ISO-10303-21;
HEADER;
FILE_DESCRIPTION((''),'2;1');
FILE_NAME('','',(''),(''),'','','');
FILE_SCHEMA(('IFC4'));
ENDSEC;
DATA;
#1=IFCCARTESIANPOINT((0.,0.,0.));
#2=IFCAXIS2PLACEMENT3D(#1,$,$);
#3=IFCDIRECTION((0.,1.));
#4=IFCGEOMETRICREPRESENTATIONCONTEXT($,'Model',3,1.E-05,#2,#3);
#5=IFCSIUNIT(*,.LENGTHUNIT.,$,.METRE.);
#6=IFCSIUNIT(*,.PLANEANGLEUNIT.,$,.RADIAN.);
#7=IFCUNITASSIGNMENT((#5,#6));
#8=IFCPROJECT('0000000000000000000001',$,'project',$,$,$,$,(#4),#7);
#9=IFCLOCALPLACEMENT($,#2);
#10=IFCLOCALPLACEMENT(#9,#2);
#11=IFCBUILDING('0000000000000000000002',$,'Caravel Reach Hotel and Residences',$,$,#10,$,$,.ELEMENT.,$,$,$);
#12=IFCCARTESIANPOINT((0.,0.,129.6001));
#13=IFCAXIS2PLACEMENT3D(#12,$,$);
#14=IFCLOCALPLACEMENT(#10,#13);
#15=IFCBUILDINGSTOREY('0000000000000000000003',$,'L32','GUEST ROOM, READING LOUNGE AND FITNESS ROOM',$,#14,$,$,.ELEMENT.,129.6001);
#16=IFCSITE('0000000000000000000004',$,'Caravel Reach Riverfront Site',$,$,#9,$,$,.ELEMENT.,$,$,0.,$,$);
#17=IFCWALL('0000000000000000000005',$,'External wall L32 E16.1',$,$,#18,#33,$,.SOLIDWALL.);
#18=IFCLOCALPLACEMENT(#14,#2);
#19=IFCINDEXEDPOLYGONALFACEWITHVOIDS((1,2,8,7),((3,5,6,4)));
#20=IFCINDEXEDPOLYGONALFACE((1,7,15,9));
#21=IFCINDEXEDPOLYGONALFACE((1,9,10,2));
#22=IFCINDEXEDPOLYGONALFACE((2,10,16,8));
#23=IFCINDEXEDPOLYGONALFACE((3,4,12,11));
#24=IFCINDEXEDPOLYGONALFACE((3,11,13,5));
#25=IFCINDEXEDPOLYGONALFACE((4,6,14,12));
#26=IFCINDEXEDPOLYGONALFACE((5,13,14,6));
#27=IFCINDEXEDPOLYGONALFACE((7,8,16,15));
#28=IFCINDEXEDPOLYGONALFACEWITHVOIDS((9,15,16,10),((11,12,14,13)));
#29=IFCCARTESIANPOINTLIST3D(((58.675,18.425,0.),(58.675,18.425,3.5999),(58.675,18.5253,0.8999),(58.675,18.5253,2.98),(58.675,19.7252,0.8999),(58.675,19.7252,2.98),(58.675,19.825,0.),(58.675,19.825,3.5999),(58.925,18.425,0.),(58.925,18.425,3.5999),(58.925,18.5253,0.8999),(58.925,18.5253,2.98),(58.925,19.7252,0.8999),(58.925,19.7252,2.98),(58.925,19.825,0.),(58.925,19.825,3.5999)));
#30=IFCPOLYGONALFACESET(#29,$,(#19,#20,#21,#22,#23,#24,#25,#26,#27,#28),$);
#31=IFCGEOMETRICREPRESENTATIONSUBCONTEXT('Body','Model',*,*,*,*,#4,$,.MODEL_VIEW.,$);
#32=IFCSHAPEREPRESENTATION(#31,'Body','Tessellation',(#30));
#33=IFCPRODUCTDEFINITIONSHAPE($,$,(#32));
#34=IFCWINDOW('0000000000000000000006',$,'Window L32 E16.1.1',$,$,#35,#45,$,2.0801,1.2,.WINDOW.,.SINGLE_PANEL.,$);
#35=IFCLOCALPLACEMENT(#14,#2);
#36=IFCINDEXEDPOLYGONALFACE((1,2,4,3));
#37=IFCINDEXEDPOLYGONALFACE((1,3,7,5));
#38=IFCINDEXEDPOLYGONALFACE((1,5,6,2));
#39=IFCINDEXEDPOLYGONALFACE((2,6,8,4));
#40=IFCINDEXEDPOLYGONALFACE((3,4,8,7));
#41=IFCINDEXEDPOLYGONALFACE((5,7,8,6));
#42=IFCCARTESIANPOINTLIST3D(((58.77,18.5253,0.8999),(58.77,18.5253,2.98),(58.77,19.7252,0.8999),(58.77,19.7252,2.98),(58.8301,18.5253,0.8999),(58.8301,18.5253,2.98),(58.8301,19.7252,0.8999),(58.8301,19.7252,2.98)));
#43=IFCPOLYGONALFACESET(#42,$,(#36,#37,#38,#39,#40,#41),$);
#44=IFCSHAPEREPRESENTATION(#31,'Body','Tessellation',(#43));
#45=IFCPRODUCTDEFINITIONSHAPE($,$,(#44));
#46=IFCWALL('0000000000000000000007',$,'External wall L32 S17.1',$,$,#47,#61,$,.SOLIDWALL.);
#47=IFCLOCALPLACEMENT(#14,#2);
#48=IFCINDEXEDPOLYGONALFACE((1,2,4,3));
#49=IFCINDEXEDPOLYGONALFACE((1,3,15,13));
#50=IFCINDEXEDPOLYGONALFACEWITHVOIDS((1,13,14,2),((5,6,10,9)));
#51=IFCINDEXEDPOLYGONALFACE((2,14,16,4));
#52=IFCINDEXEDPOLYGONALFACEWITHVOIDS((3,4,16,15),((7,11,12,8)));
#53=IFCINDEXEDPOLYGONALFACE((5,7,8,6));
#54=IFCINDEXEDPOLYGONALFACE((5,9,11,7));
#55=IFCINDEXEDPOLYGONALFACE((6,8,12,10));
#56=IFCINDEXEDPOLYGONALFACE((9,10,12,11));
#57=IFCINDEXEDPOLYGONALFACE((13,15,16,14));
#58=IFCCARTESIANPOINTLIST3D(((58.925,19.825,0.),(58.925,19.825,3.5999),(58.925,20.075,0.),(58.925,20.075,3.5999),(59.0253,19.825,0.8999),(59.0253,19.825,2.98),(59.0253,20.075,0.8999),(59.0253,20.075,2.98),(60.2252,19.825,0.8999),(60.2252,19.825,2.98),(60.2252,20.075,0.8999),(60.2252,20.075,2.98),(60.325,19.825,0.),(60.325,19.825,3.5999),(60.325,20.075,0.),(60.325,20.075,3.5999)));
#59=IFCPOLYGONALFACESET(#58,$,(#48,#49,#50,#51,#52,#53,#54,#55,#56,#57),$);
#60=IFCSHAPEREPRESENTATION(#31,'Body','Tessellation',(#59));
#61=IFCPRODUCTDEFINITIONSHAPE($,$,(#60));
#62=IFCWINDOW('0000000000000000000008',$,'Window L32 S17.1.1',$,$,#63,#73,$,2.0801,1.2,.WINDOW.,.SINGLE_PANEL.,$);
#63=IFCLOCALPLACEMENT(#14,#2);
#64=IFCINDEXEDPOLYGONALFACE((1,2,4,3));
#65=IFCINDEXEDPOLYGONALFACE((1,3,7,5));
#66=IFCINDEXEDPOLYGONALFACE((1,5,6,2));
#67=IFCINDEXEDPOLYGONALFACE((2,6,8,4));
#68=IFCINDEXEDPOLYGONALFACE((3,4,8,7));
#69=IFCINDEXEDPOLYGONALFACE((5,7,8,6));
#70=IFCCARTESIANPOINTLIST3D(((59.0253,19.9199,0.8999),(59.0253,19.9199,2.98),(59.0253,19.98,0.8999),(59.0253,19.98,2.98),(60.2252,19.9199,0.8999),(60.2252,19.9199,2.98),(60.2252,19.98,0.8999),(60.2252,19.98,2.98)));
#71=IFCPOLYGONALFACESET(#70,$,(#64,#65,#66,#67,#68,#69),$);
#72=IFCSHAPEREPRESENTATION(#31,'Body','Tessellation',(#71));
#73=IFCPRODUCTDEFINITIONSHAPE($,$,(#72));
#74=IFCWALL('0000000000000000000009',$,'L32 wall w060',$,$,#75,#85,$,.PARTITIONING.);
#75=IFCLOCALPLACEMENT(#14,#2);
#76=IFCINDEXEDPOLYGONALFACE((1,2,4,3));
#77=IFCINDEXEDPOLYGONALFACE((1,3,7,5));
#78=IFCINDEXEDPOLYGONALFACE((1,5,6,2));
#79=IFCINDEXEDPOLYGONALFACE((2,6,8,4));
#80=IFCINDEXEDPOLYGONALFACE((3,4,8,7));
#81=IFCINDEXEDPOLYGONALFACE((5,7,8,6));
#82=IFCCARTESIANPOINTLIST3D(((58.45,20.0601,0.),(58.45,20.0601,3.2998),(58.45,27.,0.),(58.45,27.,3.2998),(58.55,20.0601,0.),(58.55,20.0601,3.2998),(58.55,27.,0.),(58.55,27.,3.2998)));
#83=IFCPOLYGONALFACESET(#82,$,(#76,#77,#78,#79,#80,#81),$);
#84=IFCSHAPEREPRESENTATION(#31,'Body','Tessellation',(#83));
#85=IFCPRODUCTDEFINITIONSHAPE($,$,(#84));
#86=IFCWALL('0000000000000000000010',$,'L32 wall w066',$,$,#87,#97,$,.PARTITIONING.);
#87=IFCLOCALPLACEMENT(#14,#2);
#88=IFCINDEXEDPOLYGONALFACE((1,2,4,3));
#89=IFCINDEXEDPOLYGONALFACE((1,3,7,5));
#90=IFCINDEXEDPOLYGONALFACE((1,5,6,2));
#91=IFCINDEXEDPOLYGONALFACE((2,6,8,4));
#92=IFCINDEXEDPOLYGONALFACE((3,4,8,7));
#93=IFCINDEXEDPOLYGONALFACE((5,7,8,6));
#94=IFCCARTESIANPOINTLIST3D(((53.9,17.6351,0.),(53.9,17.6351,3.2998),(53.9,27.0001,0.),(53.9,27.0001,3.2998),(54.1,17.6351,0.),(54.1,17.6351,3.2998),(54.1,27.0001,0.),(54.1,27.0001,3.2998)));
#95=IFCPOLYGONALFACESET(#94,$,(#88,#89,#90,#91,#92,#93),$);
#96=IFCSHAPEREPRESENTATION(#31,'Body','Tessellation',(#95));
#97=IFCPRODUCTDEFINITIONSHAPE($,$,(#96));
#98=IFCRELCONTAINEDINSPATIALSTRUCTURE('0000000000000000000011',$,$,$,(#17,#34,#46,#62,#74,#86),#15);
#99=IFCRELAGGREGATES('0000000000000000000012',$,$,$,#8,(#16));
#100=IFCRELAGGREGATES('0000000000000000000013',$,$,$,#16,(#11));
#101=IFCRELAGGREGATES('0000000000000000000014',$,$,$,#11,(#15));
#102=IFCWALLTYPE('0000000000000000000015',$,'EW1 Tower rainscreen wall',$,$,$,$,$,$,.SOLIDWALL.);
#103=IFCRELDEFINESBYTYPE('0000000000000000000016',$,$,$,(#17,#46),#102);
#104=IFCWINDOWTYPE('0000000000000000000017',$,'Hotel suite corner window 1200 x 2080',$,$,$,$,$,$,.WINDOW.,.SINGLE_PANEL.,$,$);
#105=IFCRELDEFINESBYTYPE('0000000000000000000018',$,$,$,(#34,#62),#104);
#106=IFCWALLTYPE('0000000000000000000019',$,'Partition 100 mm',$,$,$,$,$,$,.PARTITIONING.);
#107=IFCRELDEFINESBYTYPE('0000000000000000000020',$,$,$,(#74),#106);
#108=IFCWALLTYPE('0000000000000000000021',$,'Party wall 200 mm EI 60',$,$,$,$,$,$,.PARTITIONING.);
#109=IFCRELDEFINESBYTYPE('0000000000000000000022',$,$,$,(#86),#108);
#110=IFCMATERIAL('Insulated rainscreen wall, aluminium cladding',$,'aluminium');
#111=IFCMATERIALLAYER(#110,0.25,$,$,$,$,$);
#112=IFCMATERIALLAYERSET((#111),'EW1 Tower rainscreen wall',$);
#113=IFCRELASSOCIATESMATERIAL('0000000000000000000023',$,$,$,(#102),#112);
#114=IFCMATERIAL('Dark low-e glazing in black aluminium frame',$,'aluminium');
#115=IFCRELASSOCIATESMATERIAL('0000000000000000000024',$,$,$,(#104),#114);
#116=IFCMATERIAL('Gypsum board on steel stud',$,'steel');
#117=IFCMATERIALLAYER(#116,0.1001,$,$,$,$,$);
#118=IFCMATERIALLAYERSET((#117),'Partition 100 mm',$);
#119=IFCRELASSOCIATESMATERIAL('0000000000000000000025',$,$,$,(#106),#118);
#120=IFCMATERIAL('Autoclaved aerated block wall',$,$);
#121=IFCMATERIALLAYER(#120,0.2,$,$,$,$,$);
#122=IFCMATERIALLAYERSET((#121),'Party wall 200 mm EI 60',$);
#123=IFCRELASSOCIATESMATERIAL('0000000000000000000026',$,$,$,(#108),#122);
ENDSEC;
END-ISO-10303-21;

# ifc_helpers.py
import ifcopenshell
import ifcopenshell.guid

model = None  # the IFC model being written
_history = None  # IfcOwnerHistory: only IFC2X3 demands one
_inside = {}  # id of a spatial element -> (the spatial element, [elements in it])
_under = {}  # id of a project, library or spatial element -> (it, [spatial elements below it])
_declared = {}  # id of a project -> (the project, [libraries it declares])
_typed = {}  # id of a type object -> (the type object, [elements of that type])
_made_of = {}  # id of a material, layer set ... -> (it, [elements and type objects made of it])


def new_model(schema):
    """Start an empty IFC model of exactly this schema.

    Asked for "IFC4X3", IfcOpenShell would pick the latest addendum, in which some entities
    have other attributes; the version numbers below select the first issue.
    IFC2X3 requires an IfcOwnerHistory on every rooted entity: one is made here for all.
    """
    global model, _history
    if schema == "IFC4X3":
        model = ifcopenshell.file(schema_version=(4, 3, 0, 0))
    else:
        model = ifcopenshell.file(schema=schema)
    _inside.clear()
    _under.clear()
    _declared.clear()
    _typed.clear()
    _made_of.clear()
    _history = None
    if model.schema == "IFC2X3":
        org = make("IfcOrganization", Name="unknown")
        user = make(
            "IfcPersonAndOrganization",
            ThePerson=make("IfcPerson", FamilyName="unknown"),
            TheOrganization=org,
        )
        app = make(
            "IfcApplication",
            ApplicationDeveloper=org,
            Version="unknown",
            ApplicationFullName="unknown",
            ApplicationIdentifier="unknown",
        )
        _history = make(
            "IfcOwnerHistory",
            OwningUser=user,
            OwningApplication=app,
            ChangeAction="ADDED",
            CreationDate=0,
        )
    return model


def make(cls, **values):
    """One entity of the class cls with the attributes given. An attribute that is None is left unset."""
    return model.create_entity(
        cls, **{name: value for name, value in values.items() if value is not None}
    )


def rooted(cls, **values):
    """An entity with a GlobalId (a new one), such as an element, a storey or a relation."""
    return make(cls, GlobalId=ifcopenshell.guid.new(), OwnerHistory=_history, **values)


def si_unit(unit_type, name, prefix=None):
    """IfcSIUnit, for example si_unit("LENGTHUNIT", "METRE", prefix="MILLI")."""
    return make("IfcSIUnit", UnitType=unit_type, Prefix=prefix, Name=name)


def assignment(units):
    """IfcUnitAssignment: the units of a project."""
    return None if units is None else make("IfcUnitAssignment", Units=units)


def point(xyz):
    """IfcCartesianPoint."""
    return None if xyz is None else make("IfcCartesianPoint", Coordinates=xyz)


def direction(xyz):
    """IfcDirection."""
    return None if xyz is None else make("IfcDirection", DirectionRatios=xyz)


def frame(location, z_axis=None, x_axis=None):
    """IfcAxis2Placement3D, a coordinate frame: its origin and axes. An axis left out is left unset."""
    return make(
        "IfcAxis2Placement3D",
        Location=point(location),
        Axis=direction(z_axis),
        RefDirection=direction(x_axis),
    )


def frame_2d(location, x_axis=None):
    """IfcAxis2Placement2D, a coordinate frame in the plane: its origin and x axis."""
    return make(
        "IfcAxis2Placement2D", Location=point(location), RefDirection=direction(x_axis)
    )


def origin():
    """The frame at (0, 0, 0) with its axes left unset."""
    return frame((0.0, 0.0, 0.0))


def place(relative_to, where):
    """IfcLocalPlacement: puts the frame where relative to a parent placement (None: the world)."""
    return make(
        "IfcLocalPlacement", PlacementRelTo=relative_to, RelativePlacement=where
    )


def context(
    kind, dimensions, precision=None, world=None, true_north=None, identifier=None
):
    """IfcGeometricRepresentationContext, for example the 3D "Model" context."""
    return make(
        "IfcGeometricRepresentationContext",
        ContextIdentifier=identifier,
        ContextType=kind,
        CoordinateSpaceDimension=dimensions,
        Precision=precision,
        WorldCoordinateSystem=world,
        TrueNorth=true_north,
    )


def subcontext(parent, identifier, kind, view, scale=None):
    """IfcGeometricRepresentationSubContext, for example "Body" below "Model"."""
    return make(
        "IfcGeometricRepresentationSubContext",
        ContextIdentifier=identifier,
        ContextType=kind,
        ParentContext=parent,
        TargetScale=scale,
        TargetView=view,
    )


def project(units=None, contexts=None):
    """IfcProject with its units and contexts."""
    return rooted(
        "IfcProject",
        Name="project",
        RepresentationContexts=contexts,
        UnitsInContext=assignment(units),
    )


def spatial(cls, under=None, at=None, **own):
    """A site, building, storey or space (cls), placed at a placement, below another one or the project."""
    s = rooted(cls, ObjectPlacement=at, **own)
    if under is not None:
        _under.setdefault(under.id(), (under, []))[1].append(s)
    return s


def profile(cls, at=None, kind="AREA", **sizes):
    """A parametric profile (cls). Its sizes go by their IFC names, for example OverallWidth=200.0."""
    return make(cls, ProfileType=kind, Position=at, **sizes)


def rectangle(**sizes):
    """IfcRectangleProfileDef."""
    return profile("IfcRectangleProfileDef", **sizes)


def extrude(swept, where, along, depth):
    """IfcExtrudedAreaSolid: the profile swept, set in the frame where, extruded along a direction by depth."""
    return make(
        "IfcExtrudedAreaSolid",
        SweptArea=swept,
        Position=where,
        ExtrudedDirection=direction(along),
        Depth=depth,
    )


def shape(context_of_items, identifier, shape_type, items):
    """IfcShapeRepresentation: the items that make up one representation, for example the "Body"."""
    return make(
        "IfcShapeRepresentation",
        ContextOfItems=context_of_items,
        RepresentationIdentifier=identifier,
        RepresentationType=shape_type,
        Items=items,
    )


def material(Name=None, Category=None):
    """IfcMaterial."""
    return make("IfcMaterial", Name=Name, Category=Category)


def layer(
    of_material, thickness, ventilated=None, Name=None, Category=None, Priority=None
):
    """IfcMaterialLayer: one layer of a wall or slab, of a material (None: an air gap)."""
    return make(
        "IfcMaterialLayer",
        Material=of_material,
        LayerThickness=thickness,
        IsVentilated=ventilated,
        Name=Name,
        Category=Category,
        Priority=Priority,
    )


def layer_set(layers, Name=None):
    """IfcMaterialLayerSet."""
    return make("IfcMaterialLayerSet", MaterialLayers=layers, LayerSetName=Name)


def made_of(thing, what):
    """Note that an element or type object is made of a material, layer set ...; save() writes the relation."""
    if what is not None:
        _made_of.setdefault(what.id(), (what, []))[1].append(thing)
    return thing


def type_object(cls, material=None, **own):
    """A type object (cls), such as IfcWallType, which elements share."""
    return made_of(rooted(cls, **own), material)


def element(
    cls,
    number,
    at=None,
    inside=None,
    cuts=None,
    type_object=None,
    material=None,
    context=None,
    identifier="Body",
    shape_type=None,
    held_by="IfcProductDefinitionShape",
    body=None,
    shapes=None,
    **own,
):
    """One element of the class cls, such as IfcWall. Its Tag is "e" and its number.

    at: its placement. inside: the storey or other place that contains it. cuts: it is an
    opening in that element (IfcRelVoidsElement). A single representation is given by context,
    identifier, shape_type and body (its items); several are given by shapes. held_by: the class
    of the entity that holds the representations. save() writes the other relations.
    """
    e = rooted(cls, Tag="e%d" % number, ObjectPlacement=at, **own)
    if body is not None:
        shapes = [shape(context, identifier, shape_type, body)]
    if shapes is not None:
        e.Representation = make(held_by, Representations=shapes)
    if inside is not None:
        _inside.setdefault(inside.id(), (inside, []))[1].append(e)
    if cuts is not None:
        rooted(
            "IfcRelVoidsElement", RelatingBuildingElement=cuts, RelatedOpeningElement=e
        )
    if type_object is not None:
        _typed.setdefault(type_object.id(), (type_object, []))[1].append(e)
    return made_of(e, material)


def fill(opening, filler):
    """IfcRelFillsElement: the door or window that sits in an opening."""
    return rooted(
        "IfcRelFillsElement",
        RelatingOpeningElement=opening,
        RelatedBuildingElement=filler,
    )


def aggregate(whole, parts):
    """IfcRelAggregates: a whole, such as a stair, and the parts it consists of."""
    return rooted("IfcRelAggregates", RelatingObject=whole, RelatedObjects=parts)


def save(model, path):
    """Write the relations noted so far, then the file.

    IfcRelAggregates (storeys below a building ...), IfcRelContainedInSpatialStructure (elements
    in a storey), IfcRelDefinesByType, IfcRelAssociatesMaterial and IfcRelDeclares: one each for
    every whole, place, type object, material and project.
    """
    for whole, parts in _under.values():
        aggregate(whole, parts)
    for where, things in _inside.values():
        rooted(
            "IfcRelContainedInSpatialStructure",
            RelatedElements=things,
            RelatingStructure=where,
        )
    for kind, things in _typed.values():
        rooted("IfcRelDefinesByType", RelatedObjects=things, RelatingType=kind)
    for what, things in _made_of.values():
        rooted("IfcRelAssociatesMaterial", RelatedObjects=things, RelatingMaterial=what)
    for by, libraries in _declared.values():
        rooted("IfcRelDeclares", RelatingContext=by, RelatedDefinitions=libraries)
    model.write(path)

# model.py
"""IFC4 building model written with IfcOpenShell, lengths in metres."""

from ifc_helpers import new_model, si_unit, direction, frame, frame_2d, origin, place, context, subcontext, project, spatial, rectangle, extrude, material, layer, layer_set, type_object, element, fill, save


model = new_model("IFC4")

# Units and contexts
model_context = context("Model", 3, precision=1e-05, world=origin(), true_north=direction((0.0, 1.0)))
body_context = subcontext(model_context, "Body", "Model", "MODEL_VIEW")
ifc_project = project(units=[si_unit("LENGTHUNIT", "METRE"), si_unit("PLANEANGLEUNIT", "RADIAN")], contexts=[model_context])

# Site, building, storey
site_placement = place(None, origin())
site = spatial("IfcSite", under=ifc_project, at=site_placement, Name="Caravel Reach Riverfront Site", CompositionType="ELEMENT", RefElevation=0.0)
building_placement = place(site_placement, origin())
building = spatial("IfcBuilding", under=site, at=building_placement, Name="Caravel Reach Hotel and Residences", CompositionType="ELEMENT")
storey_placement = place(building_placement, frame((0.0, 0.0, 129.6001)))
storey = spatial("IfcBuildingStorey", under=building, at=storey_placement, Name="L32", Description="GUEST ROOM, READING LOUNGE AND FITNESS ROOM", CompositionType="ELEMENT", Elevation=129.6001)

# Walls, openings, windows
ifc_material_1 = material(Name="Insulated rainscreen wall, aluminium cladding", Category="aluminium")
ifc_layer_1 = layer(ifc_material_1, 0.25)
ifc_layer_set_1 = layer_set([ifc_layer_1], Name="EW1 Tower rainscreen wall")
wall_type_1 = type_object("IfcWallType", Name="EW1 Tower rainscreen wall", PredefinedType="SOLIDWALL", material=ifc_layer_set_1)
wall_1_placement = place(storey_placement, frame((58.8, 18.425, 0.0), z_axis=(0.0, 0.0, 1.0), x_axis=(0.0, 1.0, 0.0)))
wall_1 = element("IfcWall", 1, at=wall_1_placement, inside=storey, type_object=wall_type_1, Name="External wall L32 E16.1", PredefinedType="SOLIDWALL", context=body_context, shape_type="SweptSolid", body=[
    extrude(rectangle(XDim=1.3999, YDim=0.25, at=frame_2d((0.7, 0.0))), origin(), (0.0, 0.0, 1.0), 3.5999),
])
opening_1_placement = place(wall_1_placement, frame((0.1001, 0.0, 0.8999)))
opening_1 = element("IfcOpeningElement", 2, at=opening_1_placement, cuts=wall_1, PredefinedType="OPENING", context=body_context, shape_type="SweptSolid", body=[
    extrude(rectangle(XDim=1.2, YDim=2.0801, at=frame_2d((0.6001, 1.04))), frame((0.0, 0.135, 0.0), z_axis=(0.0, -1.0, 0.0), x_axis=(1.0, 0.0, 0.0)), (0.0, 0.0, 1.0), 0.27),
])
ifc_material_2 = material(Name="Dark low-e glazing in black aluminium frame", Category="aluminium")
window_type = type_object("IfcWindowType", Name="Hotel suite corner window 1200 x 2080", PartitioningType="SINGLE_PANEL", PredefinedType="WINDOW", material=ifc_material_2)
window_1_placement = place(opening_1_placement, origin())
window_1 = element("IfcWindow", 3, at=window_1_placement, inside=storey, type_object=window_type, Name="Window L32 E16.1.1", OverallHeight=2.0801, OverallWidth=1.2, PartitioningType="SINGLE_PANEL", PredefinedType="WINDOW", context=body_context, shape_type="SweptSolid", body=[
    extrude(rectangle(XDim=1.2, YDim=2.0801, at=frame_2d((0.6001, 1.04))), frame((0.0, 0.03, 0.0), z_axis=(0.0, -1.0, 0.0), x_axis=(1.0, 0.0, 0.0)), (0.0, 0.0, 1.0), 0.0601),
])
fill(opening_1, window_1)
wall_2_placement = place(storey_placement, frame((58.925, 19.95, 0.0), z_axis=(0.0, 0.0, 1.0), x_axis=(1.0, 0.0, 0.0)))
wall_2 = element("IfcWall", 4, at=wall_2_placement, inside=storey, type_object=wall_type_1, Name="External wall L32 S17.1", PredefinedType="SOLIDWALL", context=body_context, shape_type="SweptSolid", body=[
    extrude(rectangle(XDim=1.3999, YDim=0.25, at=frame_2d((0.7, 0.0))), origin(), (0.0, 0.0, 1.0), 3.5999),
])
opening_2_placement = place(wall_2_placement, frame((0.1001, 0.0, 0.8999)))
opening_2 = element("IfcOpeningElement", 5, at=opening_2_placement, cuts=wall_2, PredefinedType="OPENING", context=body_context, shape_type="SweptSolid", body=[
    extrude(rectangle(XDim=1.2, YDim=2.0801, at=frame_2d((0.6001, 1.04))), frame((0.0, 0.135, 0.0), z_axis=(0.0, -1.0, 0.0), x_axis=(1.0, 0.0, 0.0)), (0.0, 0.0, 1.0), 0.27),
])
window_2_placement = place(opening_2_placement, origin())
window_2 = element("IfcWindow", 6, at=window_2_placement, inside=storey, type_object=window_type, Name="Window L32 S17.1.1", OverallHeight=2.0801, OverallWidth=1.2, PartitioningType="SINGLE_PANEL", PredefinedType="WINDOW", context=body_context, shape_type="SweptSolid", body=[
    extrude(rectangle(XDim=1.2, YDim=2.0801, at=frame_2d((0.6001, 1.04))), frame((0.0, 0.03, 0.0), z_axis=(0.0, -1.0, 0.0), x_axis=(1.0, 0.0, 0.0)), (0.0, 0.0, 1.0), 0.0601),
])
fill(opening_2, window_2)

# Walls
ifc_material_3 = material(Name="Gypsum board on steel stud", Category="steel")
ifc_layer_2 = layer(ifc_material_3, 0.1001)
ifc_layer_set_2 = layer_set([ifc_layer_2], Name="Partition 100 mm")
wall_type_2 = type_object("IfcWallType", Name="Partition 100 mm", PredefinedType="PARTITIONING", material=ifc_layer_set_2)
wall_3_placement = place(storey_placement, frame((58.5, 20.0601, 0.0), z_axis=(0.0, 0.0, 1.0), x_axis=(0.0, 1.0, 0.0)))
element("IfcWall", 7, at=wall_3_placement, inside=storey, type_object=wall_type_2, Name="L32 wall w060", PredefinedType="PARTITIONING", context=body_context, shape_type="SweptSolid", body=[
    extrude(rectangle(XDim=6.9399, YDim=0.1001, at=frame_2d((3.47, 0.0))), origin(), (0.0, 0.0, 1.0), 3.2998),
])
ifc_material_4 = material(Name="Autoclaved aerated block wall")
ifc_layer_3 = layer(ifc_material_4, 0.2)
ifc_layer_set_3 = layer_set([ifc_layer_3], Name="Party wall 200 mm EI 60")
wall_type_3 = type_object("IfcWallType", Name="Party wall 200 mm EI 60", PredefinedType="PARTITIONING", material=ifc_layer_set_3)
wall_4_placement = place(storey_placement, frame((54.0, 17.635, 0.0), z_axis=(0.0, 0.0, 1.0), x_axis=(0.0, 1.0, 0.0)))
element("IfcWall", 8, at=wall_4_placement, inside=storey, type_object=wall_type_3, Name="L32 wall w066", PredefinedType="PARTITIONING", context=body_context, shape_type="SweptSolid", body=[
    extrude(rectangle(XDim=9.365, YDim=0.2, at=frame_2d((4.6826, 0.0))), origin(), (0.0, 0.0, 1.0), 3.2998),
])

save(model, "model.ifc")
